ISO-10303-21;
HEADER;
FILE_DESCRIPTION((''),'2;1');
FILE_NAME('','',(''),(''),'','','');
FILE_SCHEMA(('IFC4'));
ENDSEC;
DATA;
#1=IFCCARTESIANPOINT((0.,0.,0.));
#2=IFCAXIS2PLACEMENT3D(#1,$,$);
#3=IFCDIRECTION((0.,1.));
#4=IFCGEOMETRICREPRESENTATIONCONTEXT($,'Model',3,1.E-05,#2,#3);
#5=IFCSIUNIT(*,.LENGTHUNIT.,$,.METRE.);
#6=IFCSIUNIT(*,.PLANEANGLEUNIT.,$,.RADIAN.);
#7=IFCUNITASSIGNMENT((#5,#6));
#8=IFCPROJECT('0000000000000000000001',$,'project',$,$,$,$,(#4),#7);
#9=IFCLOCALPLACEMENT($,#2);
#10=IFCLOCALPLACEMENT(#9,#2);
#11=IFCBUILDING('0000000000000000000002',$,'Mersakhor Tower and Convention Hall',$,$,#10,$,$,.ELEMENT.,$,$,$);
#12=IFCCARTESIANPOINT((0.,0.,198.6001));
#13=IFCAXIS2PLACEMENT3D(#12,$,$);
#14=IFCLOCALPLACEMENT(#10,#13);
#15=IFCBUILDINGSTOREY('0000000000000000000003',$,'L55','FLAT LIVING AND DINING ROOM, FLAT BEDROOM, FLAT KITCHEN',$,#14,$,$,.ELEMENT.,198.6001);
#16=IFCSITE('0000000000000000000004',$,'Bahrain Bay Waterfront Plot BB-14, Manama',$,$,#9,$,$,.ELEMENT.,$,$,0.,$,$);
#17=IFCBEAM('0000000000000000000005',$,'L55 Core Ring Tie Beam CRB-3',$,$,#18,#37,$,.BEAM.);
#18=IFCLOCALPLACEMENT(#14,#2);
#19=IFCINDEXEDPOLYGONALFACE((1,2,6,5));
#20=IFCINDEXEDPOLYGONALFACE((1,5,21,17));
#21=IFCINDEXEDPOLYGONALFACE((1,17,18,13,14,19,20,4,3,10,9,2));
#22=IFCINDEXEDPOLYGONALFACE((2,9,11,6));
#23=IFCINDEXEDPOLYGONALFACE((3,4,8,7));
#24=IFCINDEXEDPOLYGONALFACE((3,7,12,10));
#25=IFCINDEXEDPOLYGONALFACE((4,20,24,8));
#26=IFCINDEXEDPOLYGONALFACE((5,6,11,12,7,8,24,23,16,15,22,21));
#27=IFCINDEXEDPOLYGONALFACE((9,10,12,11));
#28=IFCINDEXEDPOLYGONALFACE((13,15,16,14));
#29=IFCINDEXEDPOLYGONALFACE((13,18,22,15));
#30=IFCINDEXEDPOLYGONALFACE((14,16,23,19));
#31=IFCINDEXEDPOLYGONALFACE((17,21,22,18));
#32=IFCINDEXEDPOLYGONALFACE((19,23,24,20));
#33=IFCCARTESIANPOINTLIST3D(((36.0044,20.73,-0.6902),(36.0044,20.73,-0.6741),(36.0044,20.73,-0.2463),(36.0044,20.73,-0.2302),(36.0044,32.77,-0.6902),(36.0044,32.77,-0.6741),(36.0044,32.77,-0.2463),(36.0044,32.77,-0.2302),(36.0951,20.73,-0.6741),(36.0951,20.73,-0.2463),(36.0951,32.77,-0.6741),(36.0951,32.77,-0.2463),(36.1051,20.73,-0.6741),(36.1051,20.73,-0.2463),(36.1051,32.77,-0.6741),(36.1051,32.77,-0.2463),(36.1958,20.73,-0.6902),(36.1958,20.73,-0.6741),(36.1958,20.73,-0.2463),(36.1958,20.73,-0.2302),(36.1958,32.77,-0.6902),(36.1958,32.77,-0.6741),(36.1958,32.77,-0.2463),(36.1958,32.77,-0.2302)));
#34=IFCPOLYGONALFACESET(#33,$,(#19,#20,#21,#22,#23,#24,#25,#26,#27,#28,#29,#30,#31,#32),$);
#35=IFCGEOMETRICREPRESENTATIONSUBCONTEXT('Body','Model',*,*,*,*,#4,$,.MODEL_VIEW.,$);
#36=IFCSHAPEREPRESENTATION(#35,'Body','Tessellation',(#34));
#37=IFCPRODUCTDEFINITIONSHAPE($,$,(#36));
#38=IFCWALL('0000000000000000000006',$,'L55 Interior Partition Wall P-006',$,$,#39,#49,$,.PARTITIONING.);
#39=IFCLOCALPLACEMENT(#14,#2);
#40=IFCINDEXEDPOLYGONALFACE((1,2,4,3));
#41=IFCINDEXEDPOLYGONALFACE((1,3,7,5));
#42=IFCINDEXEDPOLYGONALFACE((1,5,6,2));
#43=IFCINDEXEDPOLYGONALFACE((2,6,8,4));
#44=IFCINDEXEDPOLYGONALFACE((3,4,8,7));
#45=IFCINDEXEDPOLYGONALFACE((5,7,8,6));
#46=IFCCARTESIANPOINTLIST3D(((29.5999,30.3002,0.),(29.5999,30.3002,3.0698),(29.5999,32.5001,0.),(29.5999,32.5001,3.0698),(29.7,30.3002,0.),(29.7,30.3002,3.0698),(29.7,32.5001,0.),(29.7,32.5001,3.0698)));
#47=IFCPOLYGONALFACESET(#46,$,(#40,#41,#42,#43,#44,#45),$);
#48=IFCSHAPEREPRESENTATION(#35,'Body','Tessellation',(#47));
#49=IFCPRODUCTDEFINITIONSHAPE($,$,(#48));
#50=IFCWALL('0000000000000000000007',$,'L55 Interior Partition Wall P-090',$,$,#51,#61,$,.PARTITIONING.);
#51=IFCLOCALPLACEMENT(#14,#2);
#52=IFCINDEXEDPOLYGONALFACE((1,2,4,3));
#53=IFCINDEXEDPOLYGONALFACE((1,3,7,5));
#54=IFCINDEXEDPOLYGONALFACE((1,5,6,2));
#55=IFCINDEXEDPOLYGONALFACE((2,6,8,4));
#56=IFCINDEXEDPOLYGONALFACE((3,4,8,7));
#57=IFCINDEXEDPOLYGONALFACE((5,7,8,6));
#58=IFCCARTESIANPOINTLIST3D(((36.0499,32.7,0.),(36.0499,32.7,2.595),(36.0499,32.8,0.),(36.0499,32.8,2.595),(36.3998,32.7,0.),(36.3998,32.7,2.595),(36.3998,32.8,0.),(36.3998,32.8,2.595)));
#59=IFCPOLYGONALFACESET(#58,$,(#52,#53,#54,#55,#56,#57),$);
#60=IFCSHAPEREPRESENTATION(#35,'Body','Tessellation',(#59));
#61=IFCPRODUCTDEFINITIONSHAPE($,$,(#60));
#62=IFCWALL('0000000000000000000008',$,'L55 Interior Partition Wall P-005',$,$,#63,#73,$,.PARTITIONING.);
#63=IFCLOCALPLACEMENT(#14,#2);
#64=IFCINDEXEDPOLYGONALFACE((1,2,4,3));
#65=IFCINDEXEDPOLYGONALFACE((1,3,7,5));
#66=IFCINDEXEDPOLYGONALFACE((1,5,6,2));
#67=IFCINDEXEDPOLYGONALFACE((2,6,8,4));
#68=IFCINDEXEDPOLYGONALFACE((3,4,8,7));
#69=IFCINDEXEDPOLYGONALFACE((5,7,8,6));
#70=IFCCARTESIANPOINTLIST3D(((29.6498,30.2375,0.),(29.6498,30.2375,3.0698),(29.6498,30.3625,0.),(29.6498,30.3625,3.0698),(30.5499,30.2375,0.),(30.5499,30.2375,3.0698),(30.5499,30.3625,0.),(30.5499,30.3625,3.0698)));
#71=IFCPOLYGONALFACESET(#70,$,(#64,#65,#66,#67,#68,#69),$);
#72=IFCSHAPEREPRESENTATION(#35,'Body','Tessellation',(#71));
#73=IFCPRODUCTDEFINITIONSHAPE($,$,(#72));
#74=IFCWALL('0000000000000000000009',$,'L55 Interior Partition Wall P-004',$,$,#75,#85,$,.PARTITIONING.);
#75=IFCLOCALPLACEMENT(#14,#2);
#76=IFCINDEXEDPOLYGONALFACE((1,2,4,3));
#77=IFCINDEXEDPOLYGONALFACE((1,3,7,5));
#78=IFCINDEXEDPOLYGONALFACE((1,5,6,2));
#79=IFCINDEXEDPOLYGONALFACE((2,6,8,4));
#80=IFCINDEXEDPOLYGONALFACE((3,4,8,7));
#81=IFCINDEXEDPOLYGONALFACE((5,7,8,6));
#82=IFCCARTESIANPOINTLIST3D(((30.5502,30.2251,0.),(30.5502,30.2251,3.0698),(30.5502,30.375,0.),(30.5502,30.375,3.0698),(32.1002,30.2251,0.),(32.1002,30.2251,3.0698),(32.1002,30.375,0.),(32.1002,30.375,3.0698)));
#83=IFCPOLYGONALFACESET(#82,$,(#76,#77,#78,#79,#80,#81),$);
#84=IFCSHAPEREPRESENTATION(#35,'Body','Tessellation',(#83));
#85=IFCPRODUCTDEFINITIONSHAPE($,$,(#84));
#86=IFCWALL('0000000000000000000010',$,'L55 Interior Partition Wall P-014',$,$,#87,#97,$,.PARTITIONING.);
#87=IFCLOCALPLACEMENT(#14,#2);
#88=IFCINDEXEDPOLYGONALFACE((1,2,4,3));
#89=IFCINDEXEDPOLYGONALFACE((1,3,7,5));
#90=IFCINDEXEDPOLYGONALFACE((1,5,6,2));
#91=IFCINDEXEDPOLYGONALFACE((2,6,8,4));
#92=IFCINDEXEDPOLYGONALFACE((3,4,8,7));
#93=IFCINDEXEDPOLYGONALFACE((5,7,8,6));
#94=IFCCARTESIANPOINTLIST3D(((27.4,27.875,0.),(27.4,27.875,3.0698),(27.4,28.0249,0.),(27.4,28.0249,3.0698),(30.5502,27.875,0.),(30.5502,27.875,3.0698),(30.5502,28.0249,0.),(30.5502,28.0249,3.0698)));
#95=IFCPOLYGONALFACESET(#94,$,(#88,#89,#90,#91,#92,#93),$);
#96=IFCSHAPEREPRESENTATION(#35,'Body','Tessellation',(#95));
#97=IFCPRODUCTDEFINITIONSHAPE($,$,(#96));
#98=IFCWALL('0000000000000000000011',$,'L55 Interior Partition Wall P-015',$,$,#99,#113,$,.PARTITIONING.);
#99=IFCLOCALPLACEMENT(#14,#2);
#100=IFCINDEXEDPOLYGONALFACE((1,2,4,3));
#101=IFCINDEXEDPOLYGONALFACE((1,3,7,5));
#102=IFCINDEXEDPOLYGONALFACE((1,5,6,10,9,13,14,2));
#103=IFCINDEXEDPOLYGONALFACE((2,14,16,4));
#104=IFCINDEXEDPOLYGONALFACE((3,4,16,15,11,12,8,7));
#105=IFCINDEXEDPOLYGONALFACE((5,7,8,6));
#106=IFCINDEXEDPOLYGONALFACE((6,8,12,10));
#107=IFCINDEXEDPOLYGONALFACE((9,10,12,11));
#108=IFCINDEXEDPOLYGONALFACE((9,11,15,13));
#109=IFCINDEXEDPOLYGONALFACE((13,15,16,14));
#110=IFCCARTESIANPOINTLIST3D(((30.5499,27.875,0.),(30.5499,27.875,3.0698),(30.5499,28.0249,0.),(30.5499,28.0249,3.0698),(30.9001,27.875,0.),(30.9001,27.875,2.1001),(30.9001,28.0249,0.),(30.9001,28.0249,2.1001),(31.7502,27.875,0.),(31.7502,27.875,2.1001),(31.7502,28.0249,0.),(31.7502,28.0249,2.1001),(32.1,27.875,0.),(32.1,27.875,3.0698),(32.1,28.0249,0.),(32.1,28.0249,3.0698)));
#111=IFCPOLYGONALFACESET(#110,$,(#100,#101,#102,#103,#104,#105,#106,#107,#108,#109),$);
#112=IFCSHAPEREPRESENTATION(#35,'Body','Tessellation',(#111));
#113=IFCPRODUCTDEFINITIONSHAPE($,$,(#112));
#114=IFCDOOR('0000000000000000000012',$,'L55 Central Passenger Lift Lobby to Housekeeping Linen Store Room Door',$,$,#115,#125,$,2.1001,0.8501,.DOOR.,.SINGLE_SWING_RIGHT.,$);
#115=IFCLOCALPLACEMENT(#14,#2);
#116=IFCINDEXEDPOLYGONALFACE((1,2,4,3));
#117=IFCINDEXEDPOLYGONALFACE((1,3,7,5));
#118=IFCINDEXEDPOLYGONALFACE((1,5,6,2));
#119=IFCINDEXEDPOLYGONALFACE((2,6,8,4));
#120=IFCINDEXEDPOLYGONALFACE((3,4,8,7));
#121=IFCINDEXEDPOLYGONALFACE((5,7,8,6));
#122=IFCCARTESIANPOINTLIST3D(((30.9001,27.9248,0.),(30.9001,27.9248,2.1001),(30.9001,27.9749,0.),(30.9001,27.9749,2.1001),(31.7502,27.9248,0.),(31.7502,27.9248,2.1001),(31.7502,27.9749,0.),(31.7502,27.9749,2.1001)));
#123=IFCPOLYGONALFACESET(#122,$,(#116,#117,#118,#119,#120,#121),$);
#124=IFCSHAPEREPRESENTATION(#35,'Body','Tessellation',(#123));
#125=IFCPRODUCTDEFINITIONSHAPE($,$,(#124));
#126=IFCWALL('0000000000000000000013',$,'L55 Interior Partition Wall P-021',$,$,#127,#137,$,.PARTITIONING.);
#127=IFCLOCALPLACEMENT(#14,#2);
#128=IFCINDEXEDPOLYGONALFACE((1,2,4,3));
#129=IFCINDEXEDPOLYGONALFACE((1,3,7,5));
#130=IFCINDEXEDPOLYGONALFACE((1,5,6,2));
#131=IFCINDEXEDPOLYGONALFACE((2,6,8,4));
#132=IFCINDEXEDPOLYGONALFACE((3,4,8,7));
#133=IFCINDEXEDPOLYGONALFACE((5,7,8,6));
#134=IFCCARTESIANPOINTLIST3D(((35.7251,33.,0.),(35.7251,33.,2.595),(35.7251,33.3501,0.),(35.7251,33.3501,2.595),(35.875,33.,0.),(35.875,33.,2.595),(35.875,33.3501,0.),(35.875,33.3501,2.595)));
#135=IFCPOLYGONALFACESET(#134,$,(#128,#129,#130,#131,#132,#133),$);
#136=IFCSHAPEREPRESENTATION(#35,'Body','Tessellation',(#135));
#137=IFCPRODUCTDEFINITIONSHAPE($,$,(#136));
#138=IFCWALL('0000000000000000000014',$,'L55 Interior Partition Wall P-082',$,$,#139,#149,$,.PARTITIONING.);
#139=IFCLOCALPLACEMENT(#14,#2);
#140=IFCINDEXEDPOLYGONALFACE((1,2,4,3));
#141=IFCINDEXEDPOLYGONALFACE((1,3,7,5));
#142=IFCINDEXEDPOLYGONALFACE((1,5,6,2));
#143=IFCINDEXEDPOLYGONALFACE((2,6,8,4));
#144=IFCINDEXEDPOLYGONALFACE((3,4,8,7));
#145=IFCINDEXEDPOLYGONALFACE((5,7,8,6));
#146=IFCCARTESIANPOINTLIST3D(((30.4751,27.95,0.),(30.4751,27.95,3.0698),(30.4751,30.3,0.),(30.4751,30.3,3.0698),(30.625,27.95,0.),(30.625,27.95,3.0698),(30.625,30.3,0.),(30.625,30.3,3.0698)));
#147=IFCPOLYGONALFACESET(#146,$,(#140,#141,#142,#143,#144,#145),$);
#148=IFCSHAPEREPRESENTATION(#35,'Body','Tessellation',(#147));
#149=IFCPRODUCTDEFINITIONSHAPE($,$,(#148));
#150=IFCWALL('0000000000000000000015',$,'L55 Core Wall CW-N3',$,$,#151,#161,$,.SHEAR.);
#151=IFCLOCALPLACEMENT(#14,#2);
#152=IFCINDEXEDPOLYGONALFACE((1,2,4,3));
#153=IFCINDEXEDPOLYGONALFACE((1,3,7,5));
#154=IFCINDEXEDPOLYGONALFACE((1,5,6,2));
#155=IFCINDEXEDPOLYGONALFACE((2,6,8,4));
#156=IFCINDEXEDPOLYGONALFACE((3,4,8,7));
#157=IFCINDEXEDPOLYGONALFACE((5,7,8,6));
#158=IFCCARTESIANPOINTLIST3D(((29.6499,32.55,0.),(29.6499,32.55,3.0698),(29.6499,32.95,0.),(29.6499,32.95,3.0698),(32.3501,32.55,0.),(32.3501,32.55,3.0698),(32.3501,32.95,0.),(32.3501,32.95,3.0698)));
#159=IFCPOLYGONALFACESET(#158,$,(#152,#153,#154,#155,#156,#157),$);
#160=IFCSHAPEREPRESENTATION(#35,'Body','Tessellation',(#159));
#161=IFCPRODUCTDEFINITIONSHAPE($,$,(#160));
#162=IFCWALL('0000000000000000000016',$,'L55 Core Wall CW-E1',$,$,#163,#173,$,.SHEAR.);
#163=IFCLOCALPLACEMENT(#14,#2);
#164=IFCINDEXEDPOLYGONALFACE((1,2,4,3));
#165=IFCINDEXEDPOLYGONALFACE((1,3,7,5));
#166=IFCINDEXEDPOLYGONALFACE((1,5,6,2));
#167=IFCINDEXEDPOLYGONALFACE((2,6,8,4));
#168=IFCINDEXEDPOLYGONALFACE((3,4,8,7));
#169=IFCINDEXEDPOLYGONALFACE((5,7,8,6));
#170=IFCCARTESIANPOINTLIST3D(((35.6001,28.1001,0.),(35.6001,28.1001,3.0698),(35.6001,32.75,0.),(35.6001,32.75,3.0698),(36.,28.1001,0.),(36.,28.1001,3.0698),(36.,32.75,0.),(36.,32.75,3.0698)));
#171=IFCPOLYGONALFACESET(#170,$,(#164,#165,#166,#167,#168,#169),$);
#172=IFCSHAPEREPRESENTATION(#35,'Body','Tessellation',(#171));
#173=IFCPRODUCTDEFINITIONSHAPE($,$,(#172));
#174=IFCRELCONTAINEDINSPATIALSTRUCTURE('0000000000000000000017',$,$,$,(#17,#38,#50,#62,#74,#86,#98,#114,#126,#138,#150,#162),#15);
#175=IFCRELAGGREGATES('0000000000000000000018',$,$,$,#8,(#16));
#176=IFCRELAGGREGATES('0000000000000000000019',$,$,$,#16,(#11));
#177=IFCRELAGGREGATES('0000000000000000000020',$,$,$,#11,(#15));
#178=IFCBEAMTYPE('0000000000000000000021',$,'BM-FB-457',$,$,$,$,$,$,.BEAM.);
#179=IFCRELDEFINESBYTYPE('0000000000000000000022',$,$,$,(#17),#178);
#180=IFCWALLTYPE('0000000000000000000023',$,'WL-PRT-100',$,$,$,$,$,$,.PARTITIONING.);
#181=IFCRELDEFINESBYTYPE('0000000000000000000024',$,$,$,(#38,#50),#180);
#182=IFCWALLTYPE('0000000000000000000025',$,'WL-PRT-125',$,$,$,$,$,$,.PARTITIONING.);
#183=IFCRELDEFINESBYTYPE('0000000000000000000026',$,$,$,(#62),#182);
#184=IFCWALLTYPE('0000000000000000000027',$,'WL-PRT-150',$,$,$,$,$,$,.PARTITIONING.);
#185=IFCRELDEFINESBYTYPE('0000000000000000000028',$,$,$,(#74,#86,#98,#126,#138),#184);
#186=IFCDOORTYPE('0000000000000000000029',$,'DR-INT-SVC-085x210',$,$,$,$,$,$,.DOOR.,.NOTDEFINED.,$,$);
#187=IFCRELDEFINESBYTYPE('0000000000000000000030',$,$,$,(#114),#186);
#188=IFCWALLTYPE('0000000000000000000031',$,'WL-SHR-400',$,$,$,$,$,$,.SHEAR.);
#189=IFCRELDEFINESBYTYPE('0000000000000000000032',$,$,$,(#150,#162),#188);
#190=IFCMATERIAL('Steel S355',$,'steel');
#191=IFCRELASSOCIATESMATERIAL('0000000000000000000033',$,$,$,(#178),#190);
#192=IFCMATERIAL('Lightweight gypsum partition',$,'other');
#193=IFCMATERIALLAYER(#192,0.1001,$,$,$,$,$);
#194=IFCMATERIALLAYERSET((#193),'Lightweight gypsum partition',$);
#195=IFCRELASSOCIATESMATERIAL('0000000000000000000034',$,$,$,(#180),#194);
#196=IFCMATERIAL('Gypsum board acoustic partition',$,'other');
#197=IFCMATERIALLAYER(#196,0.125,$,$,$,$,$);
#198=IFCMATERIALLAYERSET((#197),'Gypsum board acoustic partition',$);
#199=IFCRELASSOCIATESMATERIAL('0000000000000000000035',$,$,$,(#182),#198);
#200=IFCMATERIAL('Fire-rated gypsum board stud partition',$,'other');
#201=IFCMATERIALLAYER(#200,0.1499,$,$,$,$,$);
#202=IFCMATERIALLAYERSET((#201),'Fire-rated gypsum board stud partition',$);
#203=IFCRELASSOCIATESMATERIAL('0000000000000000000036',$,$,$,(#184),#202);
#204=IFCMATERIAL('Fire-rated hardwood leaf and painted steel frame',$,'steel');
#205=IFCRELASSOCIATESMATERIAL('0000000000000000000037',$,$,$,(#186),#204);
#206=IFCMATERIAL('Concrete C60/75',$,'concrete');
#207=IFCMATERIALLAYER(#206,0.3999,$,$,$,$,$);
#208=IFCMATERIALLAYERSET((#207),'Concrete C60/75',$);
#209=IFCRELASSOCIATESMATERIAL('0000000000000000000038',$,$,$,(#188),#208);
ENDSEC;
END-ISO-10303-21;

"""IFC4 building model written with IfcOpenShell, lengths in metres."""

from ifc_helpers import new_model, si_unit, direction, frame, frame_2d, origin, origin_2d, place, context, subcontext, project, spatial, rectangle, i_section, extrude, material, layer, layer_set, material_profile, profile_set, type_object, element, fill, save


model = new_model("IFC4")

# Units and contexts
model_context = context("Model", 3, precision=1e-05, world=origin(), true_north=direction((0.0, 1.0)))
body_context = subcontext(model_context, "Body", "Model", "MODEL_VIEW")
ifc_project = project(units=[si_unit("LENGTHUNIT", "METRE"), si_unit("PLANEANGLEUNIT", "RADIAN")], contexts=[model_context])

# Site, building, storey
site_placement = place(None, origin())
site = spatial("IfcSite", under=ifc_project, at=site_placement, Name="Bahrain Bay Waterfront Plot BB-14, Manama", CompositionType="ELEMENT", RefElevation=0.0)
building_placement = place(site_placement, origin())
building = spatial("IfcBuilding", under=site, at=building_placement, Name="Mersakhor Tower and Convention Hall", CompositionType="ELEMENT")
storey_placement = place(building_placement, frame((0.0, 0.0, 198.6001)))
storey = spatial("IfcBuildingStorey", under=building, at=storey_placement, Name="L55", Description="FLAT LIVING AND DINING ROOM, FLAT BEDROOM, FLAT KITCHEN", CompositionType="ELEMENT", Elevation=198.6001)

# Beam
ifc_material_1 = material(Name="Steel S355", Category="steel")
ifc_material_profile = material_profile(ifc_material_1, i_section(OverallWidth=0.1914, OverallDepth=0.46, WebThickness=0.01, FlangeThickness=0.0161, at=origin_2d()), Name="UB 457x191x82")
ifc_profile_set = profile_set([ifc_material_profile], Name="Steel S355")
beam_type = type_object("IfcBeamType", Name="BM-FB-457", PredefinedType="BEAM", material=ifc_profile_set)
beam_placement = place(storey_placement, frame((36.1001, 32.77, -0.4602), z_axis=(0.0, -1.0, 0.0), x_axis=(1.0, 0.0, 0.0)))
element("IfcBeam", 1, at=beam_placement, inside=storey, type_object=beam_type, Name="L55 Core Ring Tie Beam CRB-3", PredefinedType="BEAM", context=body_context, shape_type="SweptSolid", body=[
    extrude(i_section(OverallWidth=0.1914, OverallDepth=0.46, WebThickness=0.01, FlangeThickness=0.0161, at=origin_2d()), origin(), (0.0, 0.0, 1.0), 12.04),
])

# Walls
ifc_material_2 = material(Name="Lightweight gypsum partition", Category="other")
ifc_layer_1 = layer(ifc_material_2, 0.1001)
ifc_layer_set_1 = layer_set([ifc_layer_1], Name="Lightweight gypsum partition")
wall_type_1 = type_object("IfcWallType", Name="WL-PRT-100", PredefinedType="PARTITIONING", material=ifc_layer_set_1)
wall_1_placement = place(storey_placement, frame((29.6499, 30.3, 0.0), z_axis=(0.0, 0.0, 1.0), x_axis=(0.0, 1.0, 0.0)))
element("IfcWall", 2, at=wall_1_placement, inside=storey, type_object=wall_type_1, Name="L55 Interior Partition Wall P-006", PredefinedType="PARTITIONING", context=body_context, shape_type="SweptSolid", body=[
    extrude(rectangle(XDim=2.2, YDim=0.1001, at=frame_2d((1.1001, 0.0))), origin(), (0.0, 0.0, 1.0), 3.0698),
])
wall_2_placement = place(storey_placement, frame((36.05, 32.75, 0.0), z_axis=(0.0, 0.0, 1.0), x_axis=(1.0, 0.0, 0.0)))
element("IfcWall", 3, at=wall_2_placement, inside=storey, type_object=wall_type_1, Name="L55 Interior Partition Wall P-090", PredefinedType="PARTITIONING", context=body_context, shape_type="SweptSolid", body=[
    extrude(rectangle(XDim=0.3499, YDim=0.1001, at=frame_2d((0.1748, 0.0))), origin(), (0.0, 0.0, 1.0), 2.595),
])
ifc_material_3 = material(Name="Gypsum board acoustic partition", Category="other")
ifc_layer_2 = layer(ifc_material_3, 0.125)
ifc_layer_set_2 = layer_set([ifc_layer_2], Name="Gypsum board acoustic partition")
wall_type_2 = type_object("IfcWallType", Name="WL-PRT-125", PredefinedType="PARTITIONING", material=ifc_layer_set_2)
wall_3_placement = place(storey_placement, frame((30.55, 30.3, 0.0), z_axis=(0.0, 0.0, 1.0), x_axis=(-1.0, 0.0, 0.0)))
element("IfcWall", 4, at=wall_3_placement, inside=storey, type_object=wall_type_2, Name="L55 Interior Partition Wall P-005", PredefinedType="PARTITIONING", context=body_context, shape_type="SweptSolid", body=[
    extrude(rectangle(XDim=0.9001, YDim=0.125, at=frame_2d((0.4502, 0.0))), origin(), (0.0, 0.0, 1.0), 3.0698),
])
ifc_material_4 = material(Name="Fire-rated gypsum board stud partition", Category="other")
ifc_layer_3 = layer(ifc_material_4, 0.1499)
ifc_layer_set_3 = layer_set([ifc_layer_3], Name="Fire-rated gypsum board stud partition")
wall_type_3 = type_object("IfcWallType", Name="WL-PRT-150", PredefinedType="PARTITIONING", material=ifc_layer_set_3)
wall_4_placement = place(storey_placement, frame((32.1001, 30.3, 0.0), z_axis=(0.0, 0.0, 1.0), x_axis=(-1.0, 0.0, 0.0)))
element("IfcWall", 5, at=wall_4_placement, inside=storey, type_object=wall_type_3, Name="L55 Interior Partition Wall P-004", PredefinedType="PARTITIONING", context=body_context, shape_type="SweptSolid", body=[
    extrude(rectangle(XDim=1.55, YDim=0.1499, at=frame_2d((0.7749, 0.0))), origin(), (0.0, 0.0, 1.0), 3.0698),
])

# Wall
wall_5_placement = place(storey_placement, frame((27.3999, 27.95, 0.0), z_axis=(0.0, 0.0, 1.0), x_axis=(1.0, 0.0, 0.0)))
element("IfcWall", 6, at=wall_5_placement, inside=storey, type_object=wall_type_3, Name="L55 Interior Partition Wall P-014", PredefinedType="PARTITIONING", context=body_context, shape_type="SweptSolid", body=[
    extrude(rectangle(XDim=3.1501, YDim=0.1499, at=frame_2d((1.5752, 0.0))), origin(), (0.0, 0.0, 1.0), 3.0698),
])

# Wall, opening, door
wall_6_placement = place(storey_placement, frame((30.55, 27.95, 0.0), z_axis=(0.0, 0.0, 1.0), x_axis=(1.0, 0.0, 0.0)))
wall_6 = element("IfcWall", 7, at=wall_6_placement, inside=storey, type_object=wall_type_3, Name="L55 Interior Partition Wall P-015", PredefinedType="PARTITIONING", context=body_context, shape_type="SweptSolid", body=[
    extrude(rectangle(XDim=1.55, YDim=0.1499, at=frame_2d((0.7749, 0.0))), origin(), (0.0, 0.0, 1.0), 3.0698),
])
opening_1_placement = place(wall_6_placement, frame((0.3501, 0.0, 0.0)))
opening_1 = element("IfcOpeningElement", 8, at=opening_1_placement, cuts=wall_6, PredefinedType="OPENING", context=body_context, shape_type="SweptSolid", body=[
    extrude(rectangle(XDim=0.8501, YDim=2.1001, at=frame_2d((0.425, 1.05))), frame((0.0, 0.085, 0.0), z_axis=(0.0, -1.0, 0.0), x_axis=(1.0, 0.0, 0.0)), (0.0, 0.0, 1.0), 0.1699),
])
ifc_material_5 = material(Name="Fire-rated hardwood leaf and painted steel frame", Category="steel")
door_type_1 = type_object("IfcDoorType", Name="DR-INT-SVC-085x210", OperationType="NOTDEFINED", PredefinedType="DOOR", material=ifc_material_5)
door_1_placement = place(opening_1_placement, origin())
door_1 = element("IfcDoor", 9, at=door_1_placement, inside=storey, type_object=door_type_1, Name="L55 Central Passenger Lift Lobby to Housekeeping Linen Store Room Door", OperationType="SINGLE_SWING_RIGHT", OverallHeight=2.1001, OverallWidth=0.8501, PredefinedType="DOOR", context=body_context, shape_type="SweptSolid", body=[
    extrude(rectangle(XDim=0.8501, YDim=2.1001, at=frame_2d((0.425, 1.05))), frame((0.0, 0.0249, 0.0), z_axis=(0.0, -1.0, 0.0), x_axis=(1.0, 0.0, 0.0)), (0.0, 0.0, 1.0), 0.05),
])
fill(opening_1, door_1)

# Walls
wall_7_placement = place(storey_placement, frame((35.8, 33.3501, 0.0), z_axis=(0.0, 0.0, 1.0), x_axis=(0.0, -1.0, 0.0)))
element("IfcWall", 10, at=wall_7_placement, inside=storey, type_object=wall_type_3, Name="L55 Interior Partition Wall P-021", PredefinedType="PARTITIONING", context=body_context, shape_type="SweptSolid", body=[
    extrude(rectangle(XDim=0.3501, YDim=0.1499, at=frame_2d((0.175, 0.0))), origin(), (0.0, 0.0, 1.0), 2.595),
])
wall_8_placement = place(storey_placement, frame((30.55, 30.3, 0.0), z_axis=(0.0, 0.0, 1.0), x_axis=(0.0, -1.0, 0.0)))
element("IfcWall", 11, at=wall_8_placement, inside=storey, type_object=wall_type_3, Name="L55 Interior Partition Wall P-082", PredefinedType="PARTITIONING", context=body_context, shape_type="SweptSolid", body=[
    extrude(rectangle(XDim=2.3501, YDim=0.1499, at=frame_2d((1.175, 0.0))), origin(), (0.0, 0.0, 1.0), 3.0698),
])

# Shared definitions
ifc_material_6 = material(Name="Concrete C60/75", Category="concrete")
ifc_layer_4 = layer(ifc_material_6, 0.3999)
ifc_layer_set_4 = layer_set([ifc_layer_4], Name="Concrete C60/75")
wall_type_4 = type_object("IfcWallType", Name="WL-SHR-400", PredefinedType="SHEAR", material=ifc_layer_set_4)

# Wall
wall_9_placement = place(storey_placement, frame((29.6499, 32.75, 0.0), z_axis=(0.0, 0.0, 1.0), x_axis=(1.0, 0.0, 0.0)))
element("IfcWall", 12, at=wall_9_placement, inside=storey, type_object=wall_type_4, Name="L55 Core Wall CW-N3", PredefinedType="SHEAR", context=body_context, shape_type="SweptSolid", body=[
    extrude(rectangle(XDim=2.7002, YDim=0.3999, at=frame_2d((1.3501, 0.0))), origin(), (0.0, 0.0, 1.0), 3.0698),
])

# Wall
wall_10_placement = place(storey_placement, frame((35.8, 32.75, 0.0), z_axis=(0.0, 0.0, 1.0), x_axis=(0.0, -1.0, 0.0)))
element("IfcWall", 13, at=wall_10_placement, inside=storey, type_object=wall_type_4, Name="L55 Core Wall CW-E1", PredefinedType="SHEAR", context=body_context, shape_type="SweptSolid", body=[
    extrude(rectangle(XDim=4.6499, YDim=0.3999, at=frame_2d((2.325, 0.0))), origin(), (0.0, 0.0, 1.0), 3.0698),
])

save(model, "model.ifc")
